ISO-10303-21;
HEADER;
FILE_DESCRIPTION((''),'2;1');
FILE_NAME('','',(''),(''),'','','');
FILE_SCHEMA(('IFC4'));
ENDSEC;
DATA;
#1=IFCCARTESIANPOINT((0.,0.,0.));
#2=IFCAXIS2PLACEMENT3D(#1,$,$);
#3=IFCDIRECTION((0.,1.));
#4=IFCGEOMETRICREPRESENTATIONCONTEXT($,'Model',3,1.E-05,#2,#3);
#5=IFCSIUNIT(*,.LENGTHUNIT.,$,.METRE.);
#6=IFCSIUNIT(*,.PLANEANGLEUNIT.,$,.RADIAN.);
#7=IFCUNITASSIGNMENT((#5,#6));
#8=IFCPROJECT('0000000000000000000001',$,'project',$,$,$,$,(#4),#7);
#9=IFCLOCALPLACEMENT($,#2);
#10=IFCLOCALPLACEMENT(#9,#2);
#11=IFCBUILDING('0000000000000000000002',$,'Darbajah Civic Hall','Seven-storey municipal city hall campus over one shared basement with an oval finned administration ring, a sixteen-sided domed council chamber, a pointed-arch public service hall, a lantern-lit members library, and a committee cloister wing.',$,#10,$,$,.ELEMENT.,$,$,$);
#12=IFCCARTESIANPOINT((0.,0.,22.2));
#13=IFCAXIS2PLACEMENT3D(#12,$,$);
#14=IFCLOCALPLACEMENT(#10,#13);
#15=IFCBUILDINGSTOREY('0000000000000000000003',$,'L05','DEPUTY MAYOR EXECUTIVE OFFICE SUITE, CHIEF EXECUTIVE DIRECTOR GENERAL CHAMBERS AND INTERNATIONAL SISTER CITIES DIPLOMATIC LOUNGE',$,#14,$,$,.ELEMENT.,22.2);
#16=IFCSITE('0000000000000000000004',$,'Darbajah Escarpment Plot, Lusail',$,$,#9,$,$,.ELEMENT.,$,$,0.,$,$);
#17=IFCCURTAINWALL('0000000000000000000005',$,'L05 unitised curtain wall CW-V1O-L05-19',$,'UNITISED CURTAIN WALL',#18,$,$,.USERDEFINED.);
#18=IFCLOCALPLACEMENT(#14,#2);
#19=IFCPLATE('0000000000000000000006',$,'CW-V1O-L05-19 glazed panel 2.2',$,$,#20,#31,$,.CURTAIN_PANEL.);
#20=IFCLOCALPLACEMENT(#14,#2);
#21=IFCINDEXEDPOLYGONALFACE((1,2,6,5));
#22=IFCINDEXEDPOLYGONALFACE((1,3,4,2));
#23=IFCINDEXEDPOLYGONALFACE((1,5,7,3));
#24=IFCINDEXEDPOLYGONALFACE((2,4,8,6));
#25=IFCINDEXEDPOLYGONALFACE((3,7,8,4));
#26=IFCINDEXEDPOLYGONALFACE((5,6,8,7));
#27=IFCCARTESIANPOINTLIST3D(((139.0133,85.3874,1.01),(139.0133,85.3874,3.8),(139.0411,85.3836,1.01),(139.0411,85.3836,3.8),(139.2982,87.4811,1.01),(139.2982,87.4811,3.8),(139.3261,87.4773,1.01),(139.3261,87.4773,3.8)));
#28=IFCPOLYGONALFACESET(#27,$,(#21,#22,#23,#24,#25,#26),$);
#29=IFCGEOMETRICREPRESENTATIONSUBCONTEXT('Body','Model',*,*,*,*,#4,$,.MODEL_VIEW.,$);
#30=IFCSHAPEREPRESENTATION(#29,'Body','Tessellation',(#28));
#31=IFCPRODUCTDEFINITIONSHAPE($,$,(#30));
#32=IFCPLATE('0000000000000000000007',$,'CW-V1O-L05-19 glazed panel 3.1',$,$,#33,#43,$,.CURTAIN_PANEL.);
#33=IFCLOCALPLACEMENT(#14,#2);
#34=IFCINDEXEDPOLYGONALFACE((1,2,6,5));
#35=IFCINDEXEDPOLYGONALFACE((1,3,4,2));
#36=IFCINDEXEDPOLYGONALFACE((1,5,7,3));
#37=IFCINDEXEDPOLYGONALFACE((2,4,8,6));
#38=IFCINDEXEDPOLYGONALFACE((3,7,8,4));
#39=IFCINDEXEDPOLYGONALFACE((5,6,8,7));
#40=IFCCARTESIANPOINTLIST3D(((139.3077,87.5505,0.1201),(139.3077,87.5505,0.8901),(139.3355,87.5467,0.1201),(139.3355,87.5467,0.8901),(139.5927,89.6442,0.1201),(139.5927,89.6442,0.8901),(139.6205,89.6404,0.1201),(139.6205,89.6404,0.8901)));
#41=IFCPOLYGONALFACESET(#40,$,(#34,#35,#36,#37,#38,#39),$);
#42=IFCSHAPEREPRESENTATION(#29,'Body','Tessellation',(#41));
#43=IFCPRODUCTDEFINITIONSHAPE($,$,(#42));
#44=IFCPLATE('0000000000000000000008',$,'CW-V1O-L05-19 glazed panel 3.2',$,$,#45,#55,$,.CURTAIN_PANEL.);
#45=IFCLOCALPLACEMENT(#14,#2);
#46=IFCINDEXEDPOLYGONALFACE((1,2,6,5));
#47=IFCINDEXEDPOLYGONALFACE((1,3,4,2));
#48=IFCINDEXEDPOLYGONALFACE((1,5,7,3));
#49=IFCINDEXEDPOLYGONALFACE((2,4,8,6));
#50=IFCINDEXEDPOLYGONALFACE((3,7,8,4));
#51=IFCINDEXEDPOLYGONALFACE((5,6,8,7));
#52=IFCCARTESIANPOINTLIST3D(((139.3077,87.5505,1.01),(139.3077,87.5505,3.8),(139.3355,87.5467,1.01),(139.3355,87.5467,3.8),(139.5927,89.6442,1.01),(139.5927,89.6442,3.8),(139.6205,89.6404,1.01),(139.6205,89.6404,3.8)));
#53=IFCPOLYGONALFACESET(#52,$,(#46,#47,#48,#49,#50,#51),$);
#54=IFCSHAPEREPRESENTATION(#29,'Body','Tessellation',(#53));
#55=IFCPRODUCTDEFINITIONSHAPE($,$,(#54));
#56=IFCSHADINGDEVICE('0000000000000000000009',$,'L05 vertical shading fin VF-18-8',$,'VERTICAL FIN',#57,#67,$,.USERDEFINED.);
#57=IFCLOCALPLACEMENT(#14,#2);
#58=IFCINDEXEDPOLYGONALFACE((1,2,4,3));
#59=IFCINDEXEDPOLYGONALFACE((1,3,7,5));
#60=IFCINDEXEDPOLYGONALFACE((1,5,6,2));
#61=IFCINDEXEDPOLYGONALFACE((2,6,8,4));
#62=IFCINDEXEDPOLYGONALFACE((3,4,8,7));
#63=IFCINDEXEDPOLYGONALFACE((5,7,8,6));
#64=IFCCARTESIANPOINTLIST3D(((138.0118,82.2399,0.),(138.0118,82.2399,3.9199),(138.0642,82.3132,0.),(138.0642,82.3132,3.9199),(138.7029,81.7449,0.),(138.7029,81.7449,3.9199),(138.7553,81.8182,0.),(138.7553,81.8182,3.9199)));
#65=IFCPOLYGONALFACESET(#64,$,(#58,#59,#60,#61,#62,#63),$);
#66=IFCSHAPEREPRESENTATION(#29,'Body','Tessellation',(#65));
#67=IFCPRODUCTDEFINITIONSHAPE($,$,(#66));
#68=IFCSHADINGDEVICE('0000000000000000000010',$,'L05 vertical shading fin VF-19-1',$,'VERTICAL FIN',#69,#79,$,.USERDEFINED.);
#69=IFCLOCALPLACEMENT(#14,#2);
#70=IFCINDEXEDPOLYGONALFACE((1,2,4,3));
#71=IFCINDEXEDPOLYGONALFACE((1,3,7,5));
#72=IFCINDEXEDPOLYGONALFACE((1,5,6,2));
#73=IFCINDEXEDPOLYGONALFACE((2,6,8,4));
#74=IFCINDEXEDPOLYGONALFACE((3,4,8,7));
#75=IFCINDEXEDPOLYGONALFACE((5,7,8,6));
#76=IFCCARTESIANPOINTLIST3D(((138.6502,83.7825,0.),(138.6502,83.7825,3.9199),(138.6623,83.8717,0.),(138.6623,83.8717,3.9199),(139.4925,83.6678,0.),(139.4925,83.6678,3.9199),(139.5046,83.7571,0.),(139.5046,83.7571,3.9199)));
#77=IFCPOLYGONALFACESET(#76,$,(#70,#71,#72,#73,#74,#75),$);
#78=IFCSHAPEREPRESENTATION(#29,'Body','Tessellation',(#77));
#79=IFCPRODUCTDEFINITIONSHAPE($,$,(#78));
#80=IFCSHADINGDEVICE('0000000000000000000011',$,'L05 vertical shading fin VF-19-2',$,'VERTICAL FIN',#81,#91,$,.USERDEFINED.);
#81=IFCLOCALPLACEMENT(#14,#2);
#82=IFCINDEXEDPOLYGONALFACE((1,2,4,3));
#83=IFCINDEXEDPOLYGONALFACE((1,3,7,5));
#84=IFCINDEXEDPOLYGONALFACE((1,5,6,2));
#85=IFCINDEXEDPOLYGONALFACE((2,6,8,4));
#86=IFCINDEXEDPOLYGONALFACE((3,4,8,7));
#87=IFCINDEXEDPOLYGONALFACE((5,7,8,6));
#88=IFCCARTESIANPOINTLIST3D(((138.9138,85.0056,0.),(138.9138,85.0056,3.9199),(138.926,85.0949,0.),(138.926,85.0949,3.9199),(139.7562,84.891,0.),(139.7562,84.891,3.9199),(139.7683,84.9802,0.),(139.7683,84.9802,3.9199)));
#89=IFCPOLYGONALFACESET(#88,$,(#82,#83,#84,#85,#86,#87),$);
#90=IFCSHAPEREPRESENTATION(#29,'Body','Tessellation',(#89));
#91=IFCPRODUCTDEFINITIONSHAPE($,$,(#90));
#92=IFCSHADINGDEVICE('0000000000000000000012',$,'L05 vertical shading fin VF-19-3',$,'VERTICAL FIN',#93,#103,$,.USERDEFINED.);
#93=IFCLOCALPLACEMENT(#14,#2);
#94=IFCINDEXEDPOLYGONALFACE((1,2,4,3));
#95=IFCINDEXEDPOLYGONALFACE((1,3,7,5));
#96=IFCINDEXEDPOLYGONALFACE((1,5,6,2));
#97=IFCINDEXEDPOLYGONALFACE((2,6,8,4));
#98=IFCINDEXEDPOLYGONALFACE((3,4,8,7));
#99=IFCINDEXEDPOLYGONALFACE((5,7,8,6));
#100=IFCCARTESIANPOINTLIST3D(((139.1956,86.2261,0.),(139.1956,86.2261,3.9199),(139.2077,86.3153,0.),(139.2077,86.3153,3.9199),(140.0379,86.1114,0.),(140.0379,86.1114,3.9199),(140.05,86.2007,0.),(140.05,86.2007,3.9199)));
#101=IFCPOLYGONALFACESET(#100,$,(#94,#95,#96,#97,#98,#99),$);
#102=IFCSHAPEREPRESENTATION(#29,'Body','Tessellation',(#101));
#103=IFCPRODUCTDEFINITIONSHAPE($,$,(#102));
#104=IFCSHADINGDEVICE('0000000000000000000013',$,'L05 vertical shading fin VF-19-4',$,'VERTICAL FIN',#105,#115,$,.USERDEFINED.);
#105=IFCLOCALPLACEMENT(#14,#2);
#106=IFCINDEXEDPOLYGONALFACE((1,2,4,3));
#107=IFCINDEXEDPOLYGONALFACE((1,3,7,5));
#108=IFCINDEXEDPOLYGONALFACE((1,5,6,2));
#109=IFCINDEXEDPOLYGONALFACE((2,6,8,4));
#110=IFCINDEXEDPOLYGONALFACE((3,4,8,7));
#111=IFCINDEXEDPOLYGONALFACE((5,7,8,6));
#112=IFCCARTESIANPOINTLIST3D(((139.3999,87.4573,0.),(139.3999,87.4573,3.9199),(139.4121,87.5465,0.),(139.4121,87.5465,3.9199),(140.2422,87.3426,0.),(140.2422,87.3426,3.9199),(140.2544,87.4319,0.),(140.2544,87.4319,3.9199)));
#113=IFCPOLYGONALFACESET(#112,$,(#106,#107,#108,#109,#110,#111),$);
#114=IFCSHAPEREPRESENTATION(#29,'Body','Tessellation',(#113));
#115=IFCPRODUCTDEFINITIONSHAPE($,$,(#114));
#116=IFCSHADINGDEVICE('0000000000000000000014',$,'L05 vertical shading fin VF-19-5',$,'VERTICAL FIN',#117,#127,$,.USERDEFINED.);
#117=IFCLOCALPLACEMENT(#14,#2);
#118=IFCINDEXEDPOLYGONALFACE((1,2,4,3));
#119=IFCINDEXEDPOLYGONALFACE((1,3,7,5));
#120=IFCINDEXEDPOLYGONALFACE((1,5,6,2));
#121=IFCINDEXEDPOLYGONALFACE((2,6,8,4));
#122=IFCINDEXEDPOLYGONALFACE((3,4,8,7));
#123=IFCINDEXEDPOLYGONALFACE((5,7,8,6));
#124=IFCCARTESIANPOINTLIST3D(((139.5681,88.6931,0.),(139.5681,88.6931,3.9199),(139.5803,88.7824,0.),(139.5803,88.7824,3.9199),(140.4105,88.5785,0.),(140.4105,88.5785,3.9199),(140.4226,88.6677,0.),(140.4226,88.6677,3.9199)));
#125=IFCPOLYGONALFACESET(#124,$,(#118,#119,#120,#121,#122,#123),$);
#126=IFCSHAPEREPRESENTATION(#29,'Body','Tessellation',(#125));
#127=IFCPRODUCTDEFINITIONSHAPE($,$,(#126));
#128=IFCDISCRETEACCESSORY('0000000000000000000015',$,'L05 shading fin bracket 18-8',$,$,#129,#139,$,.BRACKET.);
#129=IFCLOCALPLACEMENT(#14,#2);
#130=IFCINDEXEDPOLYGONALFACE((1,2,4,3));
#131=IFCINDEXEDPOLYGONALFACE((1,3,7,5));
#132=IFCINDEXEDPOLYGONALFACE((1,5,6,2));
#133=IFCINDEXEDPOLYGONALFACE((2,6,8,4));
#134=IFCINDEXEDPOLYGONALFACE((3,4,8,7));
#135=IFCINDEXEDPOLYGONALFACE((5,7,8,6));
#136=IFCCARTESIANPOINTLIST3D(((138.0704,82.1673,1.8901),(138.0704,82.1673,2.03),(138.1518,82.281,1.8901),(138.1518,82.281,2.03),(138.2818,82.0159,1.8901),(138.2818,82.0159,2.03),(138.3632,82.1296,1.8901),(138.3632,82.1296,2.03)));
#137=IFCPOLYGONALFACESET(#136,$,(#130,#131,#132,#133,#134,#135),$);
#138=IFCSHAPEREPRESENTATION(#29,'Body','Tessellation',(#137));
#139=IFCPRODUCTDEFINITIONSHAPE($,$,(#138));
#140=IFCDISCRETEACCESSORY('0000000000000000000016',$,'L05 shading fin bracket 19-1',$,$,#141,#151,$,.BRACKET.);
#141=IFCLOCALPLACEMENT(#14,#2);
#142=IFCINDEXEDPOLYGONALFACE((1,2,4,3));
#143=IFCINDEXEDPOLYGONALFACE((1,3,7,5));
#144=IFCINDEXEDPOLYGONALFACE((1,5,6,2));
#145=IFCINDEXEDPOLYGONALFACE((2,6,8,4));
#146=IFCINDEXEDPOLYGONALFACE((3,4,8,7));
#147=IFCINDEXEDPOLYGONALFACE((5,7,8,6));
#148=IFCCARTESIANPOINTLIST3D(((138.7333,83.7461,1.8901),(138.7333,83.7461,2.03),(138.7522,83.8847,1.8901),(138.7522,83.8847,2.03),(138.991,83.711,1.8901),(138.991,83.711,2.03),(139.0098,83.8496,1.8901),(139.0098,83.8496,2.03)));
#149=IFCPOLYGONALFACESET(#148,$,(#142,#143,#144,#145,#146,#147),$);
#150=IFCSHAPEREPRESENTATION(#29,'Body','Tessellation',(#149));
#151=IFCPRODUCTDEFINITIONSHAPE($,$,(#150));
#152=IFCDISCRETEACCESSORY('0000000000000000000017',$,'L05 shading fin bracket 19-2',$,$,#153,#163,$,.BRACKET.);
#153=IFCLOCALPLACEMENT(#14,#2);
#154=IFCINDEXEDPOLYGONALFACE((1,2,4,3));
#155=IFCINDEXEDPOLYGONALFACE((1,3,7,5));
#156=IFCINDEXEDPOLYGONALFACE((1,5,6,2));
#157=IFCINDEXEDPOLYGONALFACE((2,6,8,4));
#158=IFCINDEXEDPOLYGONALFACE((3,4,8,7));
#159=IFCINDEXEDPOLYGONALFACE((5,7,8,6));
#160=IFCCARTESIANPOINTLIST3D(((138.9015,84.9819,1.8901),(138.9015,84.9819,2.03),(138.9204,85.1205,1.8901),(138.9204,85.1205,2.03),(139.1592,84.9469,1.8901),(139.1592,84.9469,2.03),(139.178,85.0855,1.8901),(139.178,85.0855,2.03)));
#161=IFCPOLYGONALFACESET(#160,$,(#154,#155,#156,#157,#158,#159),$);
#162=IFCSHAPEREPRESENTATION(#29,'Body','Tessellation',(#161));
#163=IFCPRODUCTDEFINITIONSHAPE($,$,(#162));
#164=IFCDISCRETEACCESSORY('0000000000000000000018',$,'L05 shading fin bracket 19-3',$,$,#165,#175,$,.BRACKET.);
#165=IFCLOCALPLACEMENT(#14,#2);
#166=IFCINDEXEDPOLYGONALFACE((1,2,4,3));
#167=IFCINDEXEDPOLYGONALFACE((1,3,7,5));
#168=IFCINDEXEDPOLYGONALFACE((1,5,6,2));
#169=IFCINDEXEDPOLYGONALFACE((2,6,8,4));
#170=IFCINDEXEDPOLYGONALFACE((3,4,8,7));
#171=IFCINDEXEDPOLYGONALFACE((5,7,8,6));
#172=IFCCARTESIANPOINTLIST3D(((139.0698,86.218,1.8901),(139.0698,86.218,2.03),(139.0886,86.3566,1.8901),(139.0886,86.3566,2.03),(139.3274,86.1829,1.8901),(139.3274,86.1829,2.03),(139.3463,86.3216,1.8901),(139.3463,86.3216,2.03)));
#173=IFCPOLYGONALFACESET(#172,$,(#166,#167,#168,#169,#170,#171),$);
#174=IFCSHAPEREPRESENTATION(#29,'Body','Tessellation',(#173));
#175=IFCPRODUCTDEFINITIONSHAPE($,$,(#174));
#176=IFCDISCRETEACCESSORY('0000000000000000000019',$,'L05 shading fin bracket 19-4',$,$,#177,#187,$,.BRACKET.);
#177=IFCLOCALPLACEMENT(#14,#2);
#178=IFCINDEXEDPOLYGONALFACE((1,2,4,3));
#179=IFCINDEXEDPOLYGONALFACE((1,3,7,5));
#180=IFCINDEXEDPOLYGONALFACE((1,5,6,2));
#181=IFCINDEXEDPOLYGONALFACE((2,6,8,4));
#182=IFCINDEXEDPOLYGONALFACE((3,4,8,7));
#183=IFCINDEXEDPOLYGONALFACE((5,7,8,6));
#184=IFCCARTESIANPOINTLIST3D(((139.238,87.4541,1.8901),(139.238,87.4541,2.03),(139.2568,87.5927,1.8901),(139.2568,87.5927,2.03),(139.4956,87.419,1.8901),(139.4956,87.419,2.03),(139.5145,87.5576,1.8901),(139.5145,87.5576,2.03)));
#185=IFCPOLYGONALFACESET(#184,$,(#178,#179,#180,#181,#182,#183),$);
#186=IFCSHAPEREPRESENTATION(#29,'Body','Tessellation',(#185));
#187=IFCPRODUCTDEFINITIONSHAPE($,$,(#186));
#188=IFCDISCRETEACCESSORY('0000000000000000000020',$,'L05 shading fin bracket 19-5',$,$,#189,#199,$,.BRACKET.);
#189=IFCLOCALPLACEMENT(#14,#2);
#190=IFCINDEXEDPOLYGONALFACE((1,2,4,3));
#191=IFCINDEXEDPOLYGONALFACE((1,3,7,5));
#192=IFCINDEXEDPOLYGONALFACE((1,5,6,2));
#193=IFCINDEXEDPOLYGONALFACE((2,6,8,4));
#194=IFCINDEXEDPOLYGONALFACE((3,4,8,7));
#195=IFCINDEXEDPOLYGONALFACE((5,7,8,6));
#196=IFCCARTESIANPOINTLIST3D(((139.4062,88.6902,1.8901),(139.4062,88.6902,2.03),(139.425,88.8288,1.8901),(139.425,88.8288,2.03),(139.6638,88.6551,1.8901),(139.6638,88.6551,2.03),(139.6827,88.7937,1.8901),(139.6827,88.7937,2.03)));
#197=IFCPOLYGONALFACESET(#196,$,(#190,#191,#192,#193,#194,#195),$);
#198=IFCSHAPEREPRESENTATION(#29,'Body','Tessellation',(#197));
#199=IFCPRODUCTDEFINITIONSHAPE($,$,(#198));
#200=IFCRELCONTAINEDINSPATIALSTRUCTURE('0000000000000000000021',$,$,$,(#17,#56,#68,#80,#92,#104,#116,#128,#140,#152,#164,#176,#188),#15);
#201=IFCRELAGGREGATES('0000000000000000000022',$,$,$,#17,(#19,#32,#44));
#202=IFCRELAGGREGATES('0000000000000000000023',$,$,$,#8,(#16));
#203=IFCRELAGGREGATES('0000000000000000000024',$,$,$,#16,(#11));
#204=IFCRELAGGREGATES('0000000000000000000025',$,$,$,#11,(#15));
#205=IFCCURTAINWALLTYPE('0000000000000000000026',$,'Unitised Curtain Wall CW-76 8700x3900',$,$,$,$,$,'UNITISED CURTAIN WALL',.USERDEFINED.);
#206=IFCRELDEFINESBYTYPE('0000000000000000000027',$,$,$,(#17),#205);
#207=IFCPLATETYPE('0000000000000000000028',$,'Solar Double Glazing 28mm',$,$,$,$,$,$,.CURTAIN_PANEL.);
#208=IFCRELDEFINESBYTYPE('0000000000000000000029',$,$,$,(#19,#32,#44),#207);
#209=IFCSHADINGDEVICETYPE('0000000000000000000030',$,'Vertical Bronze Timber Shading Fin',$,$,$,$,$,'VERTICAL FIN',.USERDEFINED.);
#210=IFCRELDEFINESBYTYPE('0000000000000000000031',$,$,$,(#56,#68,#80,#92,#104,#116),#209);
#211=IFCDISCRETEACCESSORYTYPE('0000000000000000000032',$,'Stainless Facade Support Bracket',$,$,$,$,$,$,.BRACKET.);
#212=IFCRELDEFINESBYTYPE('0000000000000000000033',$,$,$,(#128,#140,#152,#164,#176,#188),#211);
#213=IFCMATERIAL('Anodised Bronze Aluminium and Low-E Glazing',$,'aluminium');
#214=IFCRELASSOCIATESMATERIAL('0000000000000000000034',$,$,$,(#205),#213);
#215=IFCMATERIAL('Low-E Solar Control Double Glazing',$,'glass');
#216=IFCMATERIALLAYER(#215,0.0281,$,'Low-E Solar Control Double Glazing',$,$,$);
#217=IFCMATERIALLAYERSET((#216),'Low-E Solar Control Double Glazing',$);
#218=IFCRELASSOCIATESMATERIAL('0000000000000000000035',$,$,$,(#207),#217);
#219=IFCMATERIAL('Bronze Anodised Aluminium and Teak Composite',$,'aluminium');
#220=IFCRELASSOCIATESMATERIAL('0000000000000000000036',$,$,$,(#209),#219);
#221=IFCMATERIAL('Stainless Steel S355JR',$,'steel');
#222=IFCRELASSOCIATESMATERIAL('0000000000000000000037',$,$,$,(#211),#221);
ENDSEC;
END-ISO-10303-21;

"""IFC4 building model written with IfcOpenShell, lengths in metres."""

from ifc_helpers import new_model, si_unit, direction, frame, origin, origin_2d, place, context, subcontext, project, spatial, rectangle, extrude, material, layer, layer_set, type_object, element, aggregate, save


model = new_model("IFC4")

# Units and contexts
model_context = context("Model", 3, precision=1e-05, world=origin(), true_north=direction((0.0, 1.0)))
body_context = subcontext(model_context, "Body", "Model", "MODEL_VIEW")
ifc_project = project(units=[si_unit("LENGTHUNIT", "METRE"), si_unit("PLANEANGLEUNIT", "RADIAN")], contexts=[model_context])

# Site, building, storey
site_placement = place(None, origin())
site = spatial("IfcSite", under=ifc_project, at=site_placement, Name="Darbajah Escarpment Plot, Lusail", CompositionType="ELEMENT", RefElevation=0.0)
building_placement = place(site_placement, origin())
building = spatial("IfcBuilding", under=site, at=building_placement, Name="Darbajah Civic Hall", Description="Seven-storey municipal city hall campus over one shared basement with an oval finned administration ring, a sixteen-sided domed council chamber, a pointed-arch public service hall, a lantern-lit members library, and a committee cloister wing.", CompositionType="ELEMENT")
storey_placement = place(building_placement, frame((0.0, 0.0, 22.2)))
storey = spatial("IfcBuildingStorey", under=building, at=storey_placement, Name="L05", Description="DEPUTY MAYOR EXECUTIVE OFFICE SUITE, CHIEF EXECUTIVE DIRECTOR GENERAL CHAMBERS AND INTERNATIONAL SISTER CITIES DIPLOMATIC LOUNGE", CompositionType="ELEMENT", Elevation=22.2)

# Curtain wall
ifc_material_1 = material(Name="Anodised Bronze Aluminium and Low-E Glazing", Category="aluminium")
curtain_wall_type_1 = type_object("IfcCurtainWallType", Name="Unitised Curtain Wall CW-76 8700x3900", ElementType="UNITISED CURTAIN WALL", PredefinedType="USERDEFINED", material=ifc_material_1)
curtain_wall_1_placement = place(storey_placement, origin())
curtain_wall_1 = element("IfcCurtainWall", 1, at=curtain_wall_1_placement, inside=storey, type_object=curtain_wall_type_1, Name="L05 unitised curtain wall CW-V1O-L05-19", ObjectType="UNITISED CURTAIN WALL", PredefinedType="USERDEFINED")

# Plates
ifc_material_2 = material(Name="Low-E Solar Control Double Glazing", Category="glass")
ifc_layer = layer(ifc_material_2, 0.0281, Name="Low-E Solar Control Double Glazing")
ifc_layer_set = layer_set([ifc_layer], Name="Low-E Solar Control Double Glazing")
plate_type = type_object("IfcPlateType", Name="Solar Double Glazing 28mm", PredefinedType="CURTAIN_PANEL", material=ifc_layer_set)
plate_1_placement = place(storey_placement, frame((139.1697, 86.4324, 1.01), z_axis=(0.0, 0.0, 1.0), x_axis=(0.134851, 0.990866, 0.0)))
plate_1 = element("IfcPlate", 2, at=plate_1_placement, type_object=plate_type, Name="CW-V1O-L05-19 glazed panel 2.2", PredefinedType="CURTAIN_PANEL", context=body_context, shape_type="SweptSolid", body=[
    extrude(rectangle(XDim=2.113, YDim=0.0281, at=origin_2d()), origin(), (0.0, 0.0, 1.0), 2.79),
])
plate_2_placement = place(storey_placement, frame((139.4641, 88.5955, 0.1201), z_axis=(0.0, 0.0, 1.0), x_axis=(0.134851, 0.990866, 0.0)))
plate_2 = element("IfcPlate", 3, at=plate_2_placement, type_object=plate_type, Name="CW-V1O-L05-19 glazed panel 3.1", PredefinedType="CURTAIN_PANEL", context=body_context, shape_type="SweptSolid", body=[
    extrude(rectangle(XDim=2.113, YDim=0.0281, at=origin_2d()), origin(), (0.0, 0.0, 1.0), 0.77),
])
plate_3_placement = place(storey_placement, frame((139.4641, 88.5955, 1.01), z_axis=(0.0, 0.0, 1.0), x_axis=(0.134851, 0.990866, 0.0)))
plate_3 = element("IfcPlate", 4, at=plate_3_placement, type_object=plate_type, Name="CW-V1O-L05-19 glazed panel 3.2", PredefinedType="CURTAIN_PANEL", context=body_context, shape_type="SweptSolid", body=[
    extrude(rectangle(XDim=2.113, YDim=0.0281, at=origin_2d()), origin(), (0.0, 0.0, 1.0), 2.79),
])
aggregate(curtain_wall_1, [plate_1, plate_2, plate_3])

# Shading devices
ifc_material_3 = material(Name="Bronze Anodised Aluminium and Teak Composite", Category="aluminium")
shading_device_type = type_object("IfcShadingDeviceType", Name="Vertical Bronze Timber Shading Fin", ElementType="VERTICAL FIN", PredefinedType="USERDEFINED", material=ifc_material_3)
for number, where, z_axis, x_axis, name in (
    (5, (138.3835, 82.0291, 0.0), (0.0, 0.0, 1.0), (0.812999, -0.582265, 0.0), "L05 vertical shading fin VF-18-8"),
    (6, (139.0774, 83.7698, 0.0), (0.0, 0.0, 1.0), (0.990866, -0.134851, 0.0), "L05 vertical shading fin VF-19-1"),
    (7, (139.3411, 84.9929, 0.0), (0.0, 0.0, 1.0), (0.990866, -0.134851, 0.0), "L05 vertical shading fin VF-19-2"),
    (8, (139.6228, 86.2134, 0.0), (0.0, 0.0, 1.0), (0.990866, -0.134851, 0.0), "L05 vertical shading fin VF-19-3"),
    (9, (139.8271, 87.4446, 0.0), (0.0, 0.0, 1.0), (0.990866, -0.134851, 0.0), "L05 vertical shading fin VF-19-4"),
    (10, (139.9954, 88.6804, 0.0), (0.0, 0.0, 1.0), (0.990866, -0.134851, 0.0), "L05 vertical shading fin VF-19-5"),
):
    element("IfcShadingDevice", number, at=place(storey_placement, frame(where, z_axis=z_axis, x_axis=x_axis)), inside=storey, type_object=shading_device_type, Name=name, ObjectType="VERTICAL FIN", PredefinedType="USERDEFINED", context=body_context, shape_type="SweptSolid", body=[
        extrude(rectangle(XDim=0.8501, YDim=0.0901, at=origin_2d()), origin(), (0.0, 0.0, 1.0), 3.9199),
    ])

# Discrete accessories
ifc_material_4 = material(Name="Stainless Steel S355JR", Category="steel")
discrete_accessory_type = type_object("IfcDiscreteAccessoryType", Name="Stainless Facade Support Bracket", PredefinedType="BRACKET", material=ifc_material_4)
for number, where, z_axis, x_axis, name in (
    (11, (138.2168, 82.1484, 1.8901), (0.0, 0.0, 1.0), (0.812999, -0.582265, 0.0), "L05 shading fin bracket 18-8"),
    (12, (138.8716, 83.7979, 1.8901), (0.0, 0.0, 1.0), (0.990866, -0.134851, 0.0), "L05 shading fin bracket 19-1"),
    (13, (139.0398, 85.0337, 1.8901), (0.0, 0.0, 1.0), (0.990866, -0.134851, 0.0), "L05 shading fin bracket 19-2"),
    (14, (139.208, 86.2698, 1.8901), (0.0, 0.0, 1.0), (0.990866, -0.134851, 0.0), "L05 shading fin bracket 19-3"),
    (15, (139.3762, 87.5059, 1.8901), (0.0, 0.0, 1.0), (0.990866, -0.134851, 0.0), "L05 shading fin bracket 19-4"),
    (16, (139.5444, 88.7419, 1.8901), (0.0, 0.0, 1.0), (0.990866, -0.134851, 0.0), "L05 shading fin bracket 19-5"),
):
    element("IfcDiscreteAccessory", number, at=place(storey_placement, frame(where, z_axis=z_axis, x_axis=x_axis)), inside=storey, type_object=discrete_accessory_type, Name=name, PredefinedType="BRACKET", context=body_context, shape_type="SweptSolid", body=[
        extrude(rectangle(XDim=0.26, YDim=0.1399, at=origin_2d()), origin(), (0.0, 0.0, 1.0), 0.1399),
    ])

save(model, "model.ifc")
